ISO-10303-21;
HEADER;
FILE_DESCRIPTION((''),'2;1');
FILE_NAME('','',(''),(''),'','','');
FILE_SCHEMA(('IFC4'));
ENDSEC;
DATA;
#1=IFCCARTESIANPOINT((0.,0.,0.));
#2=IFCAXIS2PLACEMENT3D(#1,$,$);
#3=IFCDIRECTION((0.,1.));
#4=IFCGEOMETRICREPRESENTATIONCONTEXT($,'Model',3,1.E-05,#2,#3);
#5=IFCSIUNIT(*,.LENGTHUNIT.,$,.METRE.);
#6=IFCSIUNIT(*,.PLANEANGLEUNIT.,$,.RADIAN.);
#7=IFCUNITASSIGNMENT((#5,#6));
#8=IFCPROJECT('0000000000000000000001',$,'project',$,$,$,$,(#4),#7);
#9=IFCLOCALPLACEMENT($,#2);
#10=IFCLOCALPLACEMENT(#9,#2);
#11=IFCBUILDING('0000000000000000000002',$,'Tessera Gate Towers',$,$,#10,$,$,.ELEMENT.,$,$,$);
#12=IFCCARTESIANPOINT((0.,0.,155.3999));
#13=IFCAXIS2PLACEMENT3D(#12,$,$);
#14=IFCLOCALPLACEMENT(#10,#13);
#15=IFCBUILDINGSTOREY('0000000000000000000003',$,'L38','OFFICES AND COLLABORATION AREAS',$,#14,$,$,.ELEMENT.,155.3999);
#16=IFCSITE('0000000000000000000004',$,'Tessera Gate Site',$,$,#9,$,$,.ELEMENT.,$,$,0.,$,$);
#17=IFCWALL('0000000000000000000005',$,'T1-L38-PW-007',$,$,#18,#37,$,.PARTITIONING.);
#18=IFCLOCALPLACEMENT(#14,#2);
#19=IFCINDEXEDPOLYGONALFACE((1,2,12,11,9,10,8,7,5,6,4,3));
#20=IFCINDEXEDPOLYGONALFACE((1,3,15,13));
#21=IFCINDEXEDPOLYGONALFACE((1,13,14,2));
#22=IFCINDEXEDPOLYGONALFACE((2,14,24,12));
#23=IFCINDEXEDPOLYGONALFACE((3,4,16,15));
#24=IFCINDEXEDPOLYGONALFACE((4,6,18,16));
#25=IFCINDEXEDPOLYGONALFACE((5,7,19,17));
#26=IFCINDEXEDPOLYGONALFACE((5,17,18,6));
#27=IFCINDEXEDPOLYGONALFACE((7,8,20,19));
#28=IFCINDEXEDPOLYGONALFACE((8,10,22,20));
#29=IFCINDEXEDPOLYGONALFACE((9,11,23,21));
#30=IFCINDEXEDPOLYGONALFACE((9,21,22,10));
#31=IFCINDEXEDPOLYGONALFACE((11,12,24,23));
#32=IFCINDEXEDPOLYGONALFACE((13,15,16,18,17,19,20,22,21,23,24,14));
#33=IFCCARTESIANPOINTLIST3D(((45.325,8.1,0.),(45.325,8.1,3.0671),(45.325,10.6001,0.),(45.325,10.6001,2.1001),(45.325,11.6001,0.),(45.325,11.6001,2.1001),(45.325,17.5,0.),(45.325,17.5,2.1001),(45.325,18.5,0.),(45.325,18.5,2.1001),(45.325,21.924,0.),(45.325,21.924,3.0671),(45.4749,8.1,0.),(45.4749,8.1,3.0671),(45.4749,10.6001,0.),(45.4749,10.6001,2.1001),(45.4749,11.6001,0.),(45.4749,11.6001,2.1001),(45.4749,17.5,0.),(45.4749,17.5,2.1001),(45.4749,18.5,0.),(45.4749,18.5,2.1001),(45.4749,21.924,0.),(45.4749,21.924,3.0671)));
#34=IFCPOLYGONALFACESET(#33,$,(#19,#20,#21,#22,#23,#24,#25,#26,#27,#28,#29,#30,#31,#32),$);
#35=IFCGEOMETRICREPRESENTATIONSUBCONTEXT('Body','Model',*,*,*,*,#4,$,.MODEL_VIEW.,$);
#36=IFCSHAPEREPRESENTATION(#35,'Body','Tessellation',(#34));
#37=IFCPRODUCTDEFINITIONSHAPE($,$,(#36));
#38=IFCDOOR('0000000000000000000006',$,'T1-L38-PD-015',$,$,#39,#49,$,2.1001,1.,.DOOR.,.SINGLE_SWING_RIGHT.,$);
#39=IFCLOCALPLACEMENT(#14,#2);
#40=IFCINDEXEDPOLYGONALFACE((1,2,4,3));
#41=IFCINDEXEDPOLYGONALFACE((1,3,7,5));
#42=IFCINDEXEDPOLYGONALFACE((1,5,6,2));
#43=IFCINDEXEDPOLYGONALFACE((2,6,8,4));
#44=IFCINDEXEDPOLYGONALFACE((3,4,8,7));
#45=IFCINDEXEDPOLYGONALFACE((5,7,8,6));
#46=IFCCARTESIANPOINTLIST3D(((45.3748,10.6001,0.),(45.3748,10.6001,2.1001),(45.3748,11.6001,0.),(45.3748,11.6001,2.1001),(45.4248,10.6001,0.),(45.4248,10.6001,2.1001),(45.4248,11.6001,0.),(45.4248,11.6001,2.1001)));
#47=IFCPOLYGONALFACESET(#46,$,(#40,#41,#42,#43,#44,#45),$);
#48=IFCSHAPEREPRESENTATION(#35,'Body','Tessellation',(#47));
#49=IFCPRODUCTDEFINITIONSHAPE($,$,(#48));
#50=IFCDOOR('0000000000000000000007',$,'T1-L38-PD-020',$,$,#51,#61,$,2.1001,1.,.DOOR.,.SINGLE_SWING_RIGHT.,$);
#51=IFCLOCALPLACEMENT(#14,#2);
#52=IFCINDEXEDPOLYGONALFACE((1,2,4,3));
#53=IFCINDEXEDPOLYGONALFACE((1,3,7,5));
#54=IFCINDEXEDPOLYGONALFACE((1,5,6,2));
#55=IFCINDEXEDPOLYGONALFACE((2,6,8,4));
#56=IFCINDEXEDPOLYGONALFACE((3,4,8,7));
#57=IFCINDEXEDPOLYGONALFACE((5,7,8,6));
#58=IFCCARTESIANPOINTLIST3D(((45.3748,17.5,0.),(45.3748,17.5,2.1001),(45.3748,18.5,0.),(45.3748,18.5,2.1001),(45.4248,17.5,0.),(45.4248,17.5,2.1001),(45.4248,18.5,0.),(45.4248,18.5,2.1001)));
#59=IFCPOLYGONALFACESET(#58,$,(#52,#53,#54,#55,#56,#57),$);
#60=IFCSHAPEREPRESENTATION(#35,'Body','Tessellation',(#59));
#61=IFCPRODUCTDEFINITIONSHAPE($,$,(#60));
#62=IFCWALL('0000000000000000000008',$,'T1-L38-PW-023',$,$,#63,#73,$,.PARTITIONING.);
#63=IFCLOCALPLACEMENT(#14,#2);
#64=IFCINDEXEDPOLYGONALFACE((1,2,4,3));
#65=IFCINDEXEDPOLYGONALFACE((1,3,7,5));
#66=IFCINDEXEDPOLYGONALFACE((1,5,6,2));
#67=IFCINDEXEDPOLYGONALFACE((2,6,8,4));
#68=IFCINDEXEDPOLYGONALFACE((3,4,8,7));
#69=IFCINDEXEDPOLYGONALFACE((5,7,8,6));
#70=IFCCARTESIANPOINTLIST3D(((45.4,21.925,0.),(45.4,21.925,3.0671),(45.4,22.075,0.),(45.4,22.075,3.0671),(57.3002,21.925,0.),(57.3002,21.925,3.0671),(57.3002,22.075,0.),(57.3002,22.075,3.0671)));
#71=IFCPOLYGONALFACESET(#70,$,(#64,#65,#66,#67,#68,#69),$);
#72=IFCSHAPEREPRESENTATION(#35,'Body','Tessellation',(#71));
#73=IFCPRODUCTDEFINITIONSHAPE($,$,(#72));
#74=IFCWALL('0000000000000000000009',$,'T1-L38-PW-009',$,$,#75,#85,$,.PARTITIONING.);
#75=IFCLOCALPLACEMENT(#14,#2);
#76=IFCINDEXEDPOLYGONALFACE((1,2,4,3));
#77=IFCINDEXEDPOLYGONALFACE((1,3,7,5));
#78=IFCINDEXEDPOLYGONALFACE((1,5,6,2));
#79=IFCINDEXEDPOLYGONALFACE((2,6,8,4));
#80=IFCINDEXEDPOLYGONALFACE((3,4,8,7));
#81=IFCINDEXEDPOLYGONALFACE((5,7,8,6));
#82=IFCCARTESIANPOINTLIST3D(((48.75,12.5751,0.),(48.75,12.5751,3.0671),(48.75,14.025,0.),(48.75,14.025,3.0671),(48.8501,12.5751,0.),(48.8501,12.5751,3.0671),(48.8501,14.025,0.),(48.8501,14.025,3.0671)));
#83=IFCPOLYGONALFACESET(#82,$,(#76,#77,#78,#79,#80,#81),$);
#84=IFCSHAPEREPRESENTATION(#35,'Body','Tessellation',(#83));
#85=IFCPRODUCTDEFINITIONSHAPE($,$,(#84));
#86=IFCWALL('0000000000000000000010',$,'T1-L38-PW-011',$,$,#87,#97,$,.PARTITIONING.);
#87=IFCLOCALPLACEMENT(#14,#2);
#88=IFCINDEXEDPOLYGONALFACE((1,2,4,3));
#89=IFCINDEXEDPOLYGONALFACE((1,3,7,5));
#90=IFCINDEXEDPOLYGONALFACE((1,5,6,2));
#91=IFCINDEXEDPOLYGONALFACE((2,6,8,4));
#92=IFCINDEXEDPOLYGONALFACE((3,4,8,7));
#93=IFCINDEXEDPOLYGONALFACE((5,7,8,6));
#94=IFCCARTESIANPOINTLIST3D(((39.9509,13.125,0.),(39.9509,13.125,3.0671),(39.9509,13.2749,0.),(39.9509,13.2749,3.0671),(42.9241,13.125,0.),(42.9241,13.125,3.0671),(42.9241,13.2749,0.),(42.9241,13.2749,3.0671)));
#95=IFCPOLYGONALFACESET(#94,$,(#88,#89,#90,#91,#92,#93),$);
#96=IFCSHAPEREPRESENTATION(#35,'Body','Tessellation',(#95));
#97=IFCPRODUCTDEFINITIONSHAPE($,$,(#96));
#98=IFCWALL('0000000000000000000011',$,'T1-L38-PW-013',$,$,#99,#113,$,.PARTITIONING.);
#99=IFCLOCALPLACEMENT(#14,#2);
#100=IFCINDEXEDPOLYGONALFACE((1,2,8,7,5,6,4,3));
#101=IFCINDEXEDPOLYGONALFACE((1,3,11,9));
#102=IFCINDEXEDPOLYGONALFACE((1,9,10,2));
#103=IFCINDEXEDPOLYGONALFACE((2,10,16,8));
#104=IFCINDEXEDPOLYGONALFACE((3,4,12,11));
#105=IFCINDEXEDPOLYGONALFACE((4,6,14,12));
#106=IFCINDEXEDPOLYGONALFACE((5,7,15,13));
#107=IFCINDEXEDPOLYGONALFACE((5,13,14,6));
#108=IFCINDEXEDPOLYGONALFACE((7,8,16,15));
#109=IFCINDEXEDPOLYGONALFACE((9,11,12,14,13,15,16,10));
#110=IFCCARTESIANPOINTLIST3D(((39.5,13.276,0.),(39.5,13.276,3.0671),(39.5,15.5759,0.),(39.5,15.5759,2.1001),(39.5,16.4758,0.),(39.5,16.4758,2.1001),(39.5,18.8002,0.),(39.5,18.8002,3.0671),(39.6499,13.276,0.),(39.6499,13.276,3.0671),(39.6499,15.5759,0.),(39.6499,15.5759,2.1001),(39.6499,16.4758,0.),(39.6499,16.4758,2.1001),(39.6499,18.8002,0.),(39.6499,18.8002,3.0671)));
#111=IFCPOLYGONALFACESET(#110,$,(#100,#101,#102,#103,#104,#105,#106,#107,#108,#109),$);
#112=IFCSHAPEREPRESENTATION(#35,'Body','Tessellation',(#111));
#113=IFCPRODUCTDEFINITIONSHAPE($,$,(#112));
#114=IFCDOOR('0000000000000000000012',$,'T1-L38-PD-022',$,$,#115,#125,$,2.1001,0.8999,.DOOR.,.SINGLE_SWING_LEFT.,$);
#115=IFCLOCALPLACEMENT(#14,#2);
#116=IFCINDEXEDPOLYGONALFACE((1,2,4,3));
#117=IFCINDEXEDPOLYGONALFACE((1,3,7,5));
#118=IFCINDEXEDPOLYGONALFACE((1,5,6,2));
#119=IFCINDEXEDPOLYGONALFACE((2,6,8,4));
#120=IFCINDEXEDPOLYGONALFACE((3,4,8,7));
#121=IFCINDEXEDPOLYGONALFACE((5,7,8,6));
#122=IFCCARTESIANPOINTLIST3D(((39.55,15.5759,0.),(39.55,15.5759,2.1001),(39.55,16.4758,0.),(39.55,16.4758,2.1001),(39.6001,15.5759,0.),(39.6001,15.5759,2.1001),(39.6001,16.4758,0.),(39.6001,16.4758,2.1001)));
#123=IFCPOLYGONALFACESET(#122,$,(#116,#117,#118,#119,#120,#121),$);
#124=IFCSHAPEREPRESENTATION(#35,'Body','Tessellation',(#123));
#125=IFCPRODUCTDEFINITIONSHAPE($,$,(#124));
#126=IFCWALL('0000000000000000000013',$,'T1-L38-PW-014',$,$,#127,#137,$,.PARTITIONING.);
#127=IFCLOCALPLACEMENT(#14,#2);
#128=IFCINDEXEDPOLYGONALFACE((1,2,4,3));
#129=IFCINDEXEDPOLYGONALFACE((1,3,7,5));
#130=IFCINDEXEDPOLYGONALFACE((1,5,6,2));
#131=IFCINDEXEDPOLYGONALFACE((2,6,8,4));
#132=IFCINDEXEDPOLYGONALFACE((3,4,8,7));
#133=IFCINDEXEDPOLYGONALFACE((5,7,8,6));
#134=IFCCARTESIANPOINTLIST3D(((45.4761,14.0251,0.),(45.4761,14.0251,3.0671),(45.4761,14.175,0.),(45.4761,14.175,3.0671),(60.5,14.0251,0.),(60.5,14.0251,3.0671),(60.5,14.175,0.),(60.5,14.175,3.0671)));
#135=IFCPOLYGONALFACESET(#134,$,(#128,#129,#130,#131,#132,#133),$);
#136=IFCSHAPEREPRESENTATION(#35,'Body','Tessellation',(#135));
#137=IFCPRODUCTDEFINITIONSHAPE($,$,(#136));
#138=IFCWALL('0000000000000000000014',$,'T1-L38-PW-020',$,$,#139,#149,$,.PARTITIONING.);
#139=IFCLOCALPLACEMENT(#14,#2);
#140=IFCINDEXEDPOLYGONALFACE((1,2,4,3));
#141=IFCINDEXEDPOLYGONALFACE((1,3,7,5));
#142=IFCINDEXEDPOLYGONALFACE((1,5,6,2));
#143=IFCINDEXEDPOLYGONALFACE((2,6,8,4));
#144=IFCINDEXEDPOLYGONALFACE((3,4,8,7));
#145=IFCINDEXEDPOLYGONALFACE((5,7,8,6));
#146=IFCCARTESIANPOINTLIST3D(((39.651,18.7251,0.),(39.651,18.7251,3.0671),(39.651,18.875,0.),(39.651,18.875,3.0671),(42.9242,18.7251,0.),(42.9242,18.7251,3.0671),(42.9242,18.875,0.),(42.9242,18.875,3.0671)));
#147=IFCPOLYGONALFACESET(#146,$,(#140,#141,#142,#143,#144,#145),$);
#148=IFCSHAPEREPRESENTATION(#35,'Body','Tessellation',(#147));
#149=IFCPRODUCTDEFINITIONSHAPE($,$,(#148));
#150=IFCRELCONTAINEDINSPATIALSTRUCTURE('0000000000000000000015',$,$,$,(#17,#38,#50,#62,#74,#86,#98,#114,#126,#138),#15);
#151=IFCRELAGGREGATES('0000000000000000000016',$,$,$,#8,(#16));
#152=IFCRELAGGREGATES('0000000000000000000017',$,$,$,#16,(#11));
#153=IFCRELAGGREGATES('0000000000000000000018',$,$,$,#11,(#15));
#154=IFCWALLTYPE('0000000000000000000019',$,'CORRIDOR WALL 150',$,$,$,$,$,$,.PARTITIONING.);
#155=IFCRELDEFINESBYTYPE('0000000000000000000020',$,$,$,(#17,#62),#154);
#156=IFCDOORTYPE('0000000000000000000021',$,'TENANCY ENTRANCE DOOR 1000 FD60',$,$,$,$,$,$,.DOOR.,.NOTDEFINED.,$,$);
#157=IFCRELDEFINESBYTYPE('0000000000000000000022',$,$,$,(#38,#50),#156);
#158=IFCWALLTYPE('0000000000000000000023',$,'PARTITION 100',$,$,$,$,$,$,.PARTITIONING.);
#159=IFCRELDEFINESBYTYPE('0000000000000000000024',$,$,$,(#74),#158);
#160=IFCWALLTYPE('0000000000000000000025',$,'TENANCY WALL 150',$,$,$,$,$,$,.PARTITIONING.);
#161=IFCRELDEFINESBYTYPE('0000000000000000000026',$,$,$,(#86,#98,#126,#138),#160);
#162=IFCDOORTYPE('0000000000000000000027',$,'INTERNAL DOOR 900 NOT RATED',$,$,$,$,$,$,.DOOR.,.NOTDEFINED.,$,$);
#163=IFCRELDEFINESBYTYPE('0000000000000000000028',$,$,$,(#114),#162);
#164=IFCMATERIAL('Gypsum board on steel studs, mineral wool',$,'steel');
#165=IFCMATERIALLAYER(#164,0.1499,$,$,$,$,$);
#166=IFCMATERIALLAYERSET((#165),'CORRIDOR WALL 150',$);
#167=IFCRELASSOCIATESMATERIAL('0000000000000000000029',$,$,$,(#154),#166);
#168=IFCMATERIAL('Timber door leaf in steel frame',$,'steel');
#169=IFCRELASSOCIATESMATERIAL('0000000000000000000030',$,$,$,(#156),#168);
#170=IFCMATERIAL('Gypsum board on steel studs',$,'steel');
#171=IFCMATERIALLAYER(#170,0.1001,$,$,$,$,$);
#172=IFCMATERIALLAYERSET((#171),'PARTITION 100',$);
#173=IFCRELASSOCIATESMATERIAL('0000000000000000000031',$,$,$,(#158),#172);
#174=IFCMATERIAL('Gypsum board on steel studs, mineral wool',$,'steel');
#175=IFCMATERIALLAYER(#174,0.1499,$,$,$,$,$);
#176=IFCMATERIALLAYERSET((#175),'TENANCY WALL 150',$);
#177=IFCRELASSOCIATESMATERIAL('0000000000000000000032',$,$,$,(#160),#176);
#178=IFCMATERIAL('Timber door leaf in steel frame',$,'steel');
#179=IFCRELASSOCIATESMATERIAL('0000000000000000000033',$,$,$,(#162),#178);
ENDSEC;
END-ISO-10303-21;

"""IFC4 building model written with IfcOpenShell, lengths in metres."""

from ifc_helpers import new_model, si_unit, direction, frame, frame_2d, origin, place, context, subcontext, project, spatial, rectangle, extrude, source, transform, mapped, material, layer, layer_set, type_object, element, fill, save


model = new_model("IFC4")

# Units and contexts
model_context = context("Model", 3, precision=1e-05, world=origin(), true_north=direction((0.0, 1.0)))
body_context = subcontext(model_context, "Body", "Model", "MODEL_VIEW")
ifc_project = project(units=[si_unit("LENGTHUNIT", "METRE"), si_unit("PLANEANGLEUNIT", "RADIAN")], contexts=[model_context])

# Site, building, storey
site_placement = place(None, origin())
site = spatial("IfcSite", under=ifc_project, at=site_placement, Name="Tessera Gate Site", CompositionType="ELEMENT", RefElevation=0.0)
building_placement = place(site_placement, origin())
building = spatial("IfcBuilding", under=site, at=building_placement, Name="Tessera Gate Towers", CompositionType="ELEMENT")
storey_placement = place(building_placement, frame((0.0, 0.0, 155.3999)))
storey = spatial("IfcBuildingStorey", under=building, at=storey_placement, Name="L38", Description="OFFICES AND COLLABORATION AREAS", CompositionType="ELEMENT", Elevation=155.3999)

# Shared definitions
shared_shape_1 = source(origin(), body_context, "Body", "SweptSolid", [
    extrude(rectangle(XDim=0.8999, YDim=2.1001, at=frame_2d((0.45, 1.05))), frame((0.0, 0.0249, 0.0), z_axis=(0.0, -1.0, 0.0), x_axis=(1.0, 0.0, 0.0)), (0.0, 0.0, 1.0), 0.05),
])

# Wall, openings, doors
ifc_material_1 = material(Name="Gypsum board on steel studs, mineral wool", Category="steel")
ifc_layer_1 = layer(ifc_material_1, 0.1499)
ifc_layer_set_1 = layer_set([ifc_layer_1], Name="CORRIDOR WALL 150")
wall_type_1 = type_object("IfcWallType", Name="CORRIDOR WALL 150", PredefinedType="PARTITIONING", material=ifc_layer_set_1)
wall_1_placement = place(storey_placement, frame((45.3999, 21.9241, 0.0), z_axis=(0.0, 0.0, 1.0), x_axis=(0.0, -1.0, 0.0)))
wall_1 = element("IfcWall", 1, at=wall_1_placement, inside=storey, type_object=wall_type_1, Name="T1-L38-PW-007", PredefinedType="PARTITIONING", context=body_context, shape_type="SweptSolid", body=[
    extrude(rectangle(XDim=13.824, YDim=0.1499, at=frame_2d((6.9121, 0.0))), origin(), (0.0, 0.0, 1.0), 3.0671),
])
shared_shape_2 = source(origin(), body_context, "Body", "SweptSolid", [
    extrude(rectangle(XDim=1.0, YDim=2.1001, at=frame_2d((0.5, 1.05))), frame((0.0, 0.085, 0.0), z_axis=(0.0, -1.0, 0.0), x_axis=(1.0, 0.0, 0.0)), (0.0, 0.0, 1.0), 0.1699),
])
opening_1_placement = place(wall_1_placement, frame((10.324, 0.0, 0.0)))
opening_1 = element("IfcOpeningElement", 2, at=opening_1_placement, cuts=wall_1, PredefinedType="OPENING", context=body_context, shape_type="MappedRepresentation", body=[
    mapped(shared_shape_2, transform((0.0, 0.0, 0.0), scale=1.0)),
])
opening_2_placement = place(wall_1_placement, frame((3.4241, 0.0, 0.0)))
opening_2 = element("IfcOpeningElement", 3, at=opening_2_placement, cuts=wall_1, PredefinedType="OPENING", context=body_context, shape_type="MappedRepresentation", body=[
    mapped(shared_shape_2, transform((0.0, 0.0, 0.0), scale=1.0)),
])
ifc_material_2 = material(Name="Timber door leaf in steel frame", Category="steel")
door_type_1 = type_object("IfcDoorType", Name="TENANCY ENTRANCE DOOR 1000 FD60", OperationType="NOTDEFINED", PredefinedType="DOOR", material=ifc_material_2)
shared_shape_3 = source(origin(), body_context, "Body", "SweptSolid", [
    extrude(rectangle(XDim=1.0, YDim=2.1001, at=frame_2d((0.5, 1.05))), frame((0.0, 0.0249, 0.0), z_axis=(0.0, -1.0, 0.0), x_axis=(1.0, 0.0, 0.0)), (0.0, 0.0, 1.0), 0.05),
])
door_1_placement = place(opening_1_placement, origin())
door_1 = element("IfcDoor", 4, at=door_1_placement, inside=storey, type_object=door_type_1, Name="T1-L38-PD-015", OperationType="SINGLE_SWING_RIGHT", OverallHeight=2.1001, OverallWidth=1.0, PredefinedType="DOOR", context=body_context, shape_type="MappedRepresentation", body=[
    mapped(shared_shape_3, transform((0.0, 0.0, 0.0), scale=1.0)),
])
fill(opening_1, door_1)
door_2_placement = place(opening_2_placement, origin())
door_2 = element("IfcDoor", 5, at=door_2_placement, inside=storey, type_object=door_type_1, Name="T1-L38-PD-020", OperationType="SINGLE_SWING_RIGHT", OverallHeight=2.1001, OverallWidth=1.0, PredefinedType="DOOR", context=body_context, shape_type="MappedRepresentation", body=[
    mapped(shared_shape_3, transform((0.0, 0.0, 0.0), scale=1.0)),
])
fill(opening_2, door_2)

# Walls
wall_2_placement = place(storey_placement, frame((45.3999, 22.0, 0.0), z_axis=(0.0, 0.0, 1.0), x_axis=(1.0, 0.0, 0.0)))
element("IfcWall", 6, at=wall_2_placement, inside=storey, type_object=wall_type_1, Name="T1-L38-PW-023", PredefinedType="PARTITIONING", context=body_context, shape_type="SweptSolid", body=[
    extrude(rectangle(XDim=11.9001, YDim=0.1499, at=frame_2d((5.9502, 0.0))), origin(), (0.0, 0.0, 1.0), 3.0671),
])
ifc_material_3 = material(Name="Gypsum board on steel studs", Category="steel")
ifc_layer_2 = layer(ifc_material_3, 0.1001)
ifc_layer_set_2 = layer_set([ifc_layer_2], Name="PARTITION 100")
wall_type_2 = type_object("IfcWallType", Name="PARTITION 100", PredefinedType="PARTITIONING", material=ifc_layer_set_2)
wall_3_placement = place(storey_placement, frame((48.8, 12.575, 0.0), z_axis=(0.0, 0.0, 1.0), x_axis=(0.0, 1.0, 0.0)))
element("IfcWall", 7, at=wall_3_placement, inside=storey, type_object=wall_type_2, Name="T1-L38-PW-009", PredefinedType="PARTITIONING", context=body_context, shape_type="SweptSolid", body=[
    extrude(rectangle(XDim=1.45, YDim=0.1001, at=frame_2d((0.7251, 0.0))), origin(), (0.0, 0.0, 1.0), 3.0671),
])
ifc_material_4 = material(Name="Gypsum board on steel studs, mineral wool", Category="steel")
ifc_layer_3 = layer(ifc_material_4, 0.1499)
ifc_layer_set_3 = layer_set([ifc_layer_3], Name="TENANCY WALL 150")
wall_type_3 = type_object("IfcWallType", Name="TENANCY WALL 150", PredefinedType="PARTITIONING", material=ifc_layer_set_3)
wall_4_placement = place(storey_placement, frame((39.9509, 13.2, 0.0), z_axis=(0.0, 0.0, 1.0), x_axis=(1.0, 0.0, 0.0)))
element("IfcWall", 8, at=wall_4_placement, inside=storey, type_object=wall_type_3, Name="T1-L38-PW-011", PredefinedType="PARTITIONING", context=body_context, shape_type="SweptSolid", body=[
    extrude(rectangle(XDim=2.9731, YDim=0.1499, at=frame_2d((1.4866, 0.0))), origin(), (0.0, 0.0, 1.0), 3.0671),
])

# Wall, opening, door
wall_5_placement = place(storey_placement, frame((39.575, 13.2759, 0.0), z_axis=(0.0, 0.0, 1.0), x_axis=(0.0, 1.0, 0.0)))
wall_5 = element("IfcWall", 9, at=wall_5_placement, inside=storey, type_object=wall_type_3, Name="T1-L38-PW-013", PredefinedType="PARTITIONING", context=body_context, shape_type="SweptSolid", body=[
    extrude(rectangle(XDim=5.5242, YDim=0.1499, at=frame_2d((2.7622, 0.0))), origin(), (0.0, 0.0, 1.0), 3.0671),
])
shared_shape_4 = source(origin(), body_context, "Body", "SweptSolid", [
    extrude(rectangle(XDim=0.8999, YDim=2.1001, at=frame_2d((0.45, 1.05))), frame((0.0, 0.085, 0.0), z_axis=(0.0, -1.0, 0.0), x_axis=(1.0, 0.0, 0.0)), (0.0, 0.0, 1.0), 0.1699),
])
opening_3_placement = place(wall_5_placement, frame((2.3, 0.0, 0.0)))
opening_3 = element("IfcOpeningElement", 10, at=opening_3_placement, cuts=wall_5, PredefinedType="OPENING", context=body_context, shape_type="MappedRepresentation", body=[
    mapped(shared_shape_4, transform((0.0, 0.0, 0.0), scale=1.0)),
])
ifc_material_5 = material(Name="Timber door leaf in steel frame", Category="steel")
door_type_2 = type_object("IfcDoorType", Name="INTERNAL DOOR 900 NOT RATED", OperationType="NOTDEFINED", PredefinedType="DOOR", material=ifc_material_5)
door_3_placement = place(opening_3_placement, origin())
door_3 = element("IfcDoor", 11, at=door_3_placement, inside=storey, type_object=door_type_2, Name="T1-L38-PD-022", OperationType="SINGLE_SWING_LEFT", OverallHeight=2.1001, OverallWidth=0.8999, PredefinedType="DOOR", context=body_context, shape_type="MappedRepresentation", body=[
    mapped(shared_shape_1, transform((0.0, 0.0, 0.0), scale=1.0)),
])
fill(opening_3, door_3)

# Walls
wall_6_placement = place(storey_placement, frame((45.4761, 14.1001, 0.0), z_axis=(0.0, 0.0, 1.0), x_axis=(1.0, 0.0, 0.0)))
element("IfcWall", 12, at=wall_6_placement, inside=storey, type_object=wall_type_3, Name="T1-L38-PW-014", PredefinedType="PARTITIONING", context=body_context, shape_type="SweptSolid", body=[
    extrude(rectangle(XDim=15.0239, YDim=0.1499, at=frame_2d((7.512, 0.0))), origin(), (0.0, 0.0, 1.0), 3.0671),
])
wall_7_placement = place(storey_placement, frame((39.6509, 18.8, 0.0), z_axis=(0.0, 0.0, 1.0), x_axis=(1.0, 0.0, 0.0)))
element("IfcWall", 13, at=wall_7_placement, inside=storey, type_object=wall_type_3, Name="T1-L38-PW-020", PredefinedType="PARTITIONING", context=body_context, shape_type="SweptSolid", body=[
    extrude(rectangle(XDim=3.2732, YDim=0.1499, at=frame_2d((1.6367, 0.0))), origin(), (0.0, 0.0, 1.0), 3.0671),
])

save(model, "model.ifc")
